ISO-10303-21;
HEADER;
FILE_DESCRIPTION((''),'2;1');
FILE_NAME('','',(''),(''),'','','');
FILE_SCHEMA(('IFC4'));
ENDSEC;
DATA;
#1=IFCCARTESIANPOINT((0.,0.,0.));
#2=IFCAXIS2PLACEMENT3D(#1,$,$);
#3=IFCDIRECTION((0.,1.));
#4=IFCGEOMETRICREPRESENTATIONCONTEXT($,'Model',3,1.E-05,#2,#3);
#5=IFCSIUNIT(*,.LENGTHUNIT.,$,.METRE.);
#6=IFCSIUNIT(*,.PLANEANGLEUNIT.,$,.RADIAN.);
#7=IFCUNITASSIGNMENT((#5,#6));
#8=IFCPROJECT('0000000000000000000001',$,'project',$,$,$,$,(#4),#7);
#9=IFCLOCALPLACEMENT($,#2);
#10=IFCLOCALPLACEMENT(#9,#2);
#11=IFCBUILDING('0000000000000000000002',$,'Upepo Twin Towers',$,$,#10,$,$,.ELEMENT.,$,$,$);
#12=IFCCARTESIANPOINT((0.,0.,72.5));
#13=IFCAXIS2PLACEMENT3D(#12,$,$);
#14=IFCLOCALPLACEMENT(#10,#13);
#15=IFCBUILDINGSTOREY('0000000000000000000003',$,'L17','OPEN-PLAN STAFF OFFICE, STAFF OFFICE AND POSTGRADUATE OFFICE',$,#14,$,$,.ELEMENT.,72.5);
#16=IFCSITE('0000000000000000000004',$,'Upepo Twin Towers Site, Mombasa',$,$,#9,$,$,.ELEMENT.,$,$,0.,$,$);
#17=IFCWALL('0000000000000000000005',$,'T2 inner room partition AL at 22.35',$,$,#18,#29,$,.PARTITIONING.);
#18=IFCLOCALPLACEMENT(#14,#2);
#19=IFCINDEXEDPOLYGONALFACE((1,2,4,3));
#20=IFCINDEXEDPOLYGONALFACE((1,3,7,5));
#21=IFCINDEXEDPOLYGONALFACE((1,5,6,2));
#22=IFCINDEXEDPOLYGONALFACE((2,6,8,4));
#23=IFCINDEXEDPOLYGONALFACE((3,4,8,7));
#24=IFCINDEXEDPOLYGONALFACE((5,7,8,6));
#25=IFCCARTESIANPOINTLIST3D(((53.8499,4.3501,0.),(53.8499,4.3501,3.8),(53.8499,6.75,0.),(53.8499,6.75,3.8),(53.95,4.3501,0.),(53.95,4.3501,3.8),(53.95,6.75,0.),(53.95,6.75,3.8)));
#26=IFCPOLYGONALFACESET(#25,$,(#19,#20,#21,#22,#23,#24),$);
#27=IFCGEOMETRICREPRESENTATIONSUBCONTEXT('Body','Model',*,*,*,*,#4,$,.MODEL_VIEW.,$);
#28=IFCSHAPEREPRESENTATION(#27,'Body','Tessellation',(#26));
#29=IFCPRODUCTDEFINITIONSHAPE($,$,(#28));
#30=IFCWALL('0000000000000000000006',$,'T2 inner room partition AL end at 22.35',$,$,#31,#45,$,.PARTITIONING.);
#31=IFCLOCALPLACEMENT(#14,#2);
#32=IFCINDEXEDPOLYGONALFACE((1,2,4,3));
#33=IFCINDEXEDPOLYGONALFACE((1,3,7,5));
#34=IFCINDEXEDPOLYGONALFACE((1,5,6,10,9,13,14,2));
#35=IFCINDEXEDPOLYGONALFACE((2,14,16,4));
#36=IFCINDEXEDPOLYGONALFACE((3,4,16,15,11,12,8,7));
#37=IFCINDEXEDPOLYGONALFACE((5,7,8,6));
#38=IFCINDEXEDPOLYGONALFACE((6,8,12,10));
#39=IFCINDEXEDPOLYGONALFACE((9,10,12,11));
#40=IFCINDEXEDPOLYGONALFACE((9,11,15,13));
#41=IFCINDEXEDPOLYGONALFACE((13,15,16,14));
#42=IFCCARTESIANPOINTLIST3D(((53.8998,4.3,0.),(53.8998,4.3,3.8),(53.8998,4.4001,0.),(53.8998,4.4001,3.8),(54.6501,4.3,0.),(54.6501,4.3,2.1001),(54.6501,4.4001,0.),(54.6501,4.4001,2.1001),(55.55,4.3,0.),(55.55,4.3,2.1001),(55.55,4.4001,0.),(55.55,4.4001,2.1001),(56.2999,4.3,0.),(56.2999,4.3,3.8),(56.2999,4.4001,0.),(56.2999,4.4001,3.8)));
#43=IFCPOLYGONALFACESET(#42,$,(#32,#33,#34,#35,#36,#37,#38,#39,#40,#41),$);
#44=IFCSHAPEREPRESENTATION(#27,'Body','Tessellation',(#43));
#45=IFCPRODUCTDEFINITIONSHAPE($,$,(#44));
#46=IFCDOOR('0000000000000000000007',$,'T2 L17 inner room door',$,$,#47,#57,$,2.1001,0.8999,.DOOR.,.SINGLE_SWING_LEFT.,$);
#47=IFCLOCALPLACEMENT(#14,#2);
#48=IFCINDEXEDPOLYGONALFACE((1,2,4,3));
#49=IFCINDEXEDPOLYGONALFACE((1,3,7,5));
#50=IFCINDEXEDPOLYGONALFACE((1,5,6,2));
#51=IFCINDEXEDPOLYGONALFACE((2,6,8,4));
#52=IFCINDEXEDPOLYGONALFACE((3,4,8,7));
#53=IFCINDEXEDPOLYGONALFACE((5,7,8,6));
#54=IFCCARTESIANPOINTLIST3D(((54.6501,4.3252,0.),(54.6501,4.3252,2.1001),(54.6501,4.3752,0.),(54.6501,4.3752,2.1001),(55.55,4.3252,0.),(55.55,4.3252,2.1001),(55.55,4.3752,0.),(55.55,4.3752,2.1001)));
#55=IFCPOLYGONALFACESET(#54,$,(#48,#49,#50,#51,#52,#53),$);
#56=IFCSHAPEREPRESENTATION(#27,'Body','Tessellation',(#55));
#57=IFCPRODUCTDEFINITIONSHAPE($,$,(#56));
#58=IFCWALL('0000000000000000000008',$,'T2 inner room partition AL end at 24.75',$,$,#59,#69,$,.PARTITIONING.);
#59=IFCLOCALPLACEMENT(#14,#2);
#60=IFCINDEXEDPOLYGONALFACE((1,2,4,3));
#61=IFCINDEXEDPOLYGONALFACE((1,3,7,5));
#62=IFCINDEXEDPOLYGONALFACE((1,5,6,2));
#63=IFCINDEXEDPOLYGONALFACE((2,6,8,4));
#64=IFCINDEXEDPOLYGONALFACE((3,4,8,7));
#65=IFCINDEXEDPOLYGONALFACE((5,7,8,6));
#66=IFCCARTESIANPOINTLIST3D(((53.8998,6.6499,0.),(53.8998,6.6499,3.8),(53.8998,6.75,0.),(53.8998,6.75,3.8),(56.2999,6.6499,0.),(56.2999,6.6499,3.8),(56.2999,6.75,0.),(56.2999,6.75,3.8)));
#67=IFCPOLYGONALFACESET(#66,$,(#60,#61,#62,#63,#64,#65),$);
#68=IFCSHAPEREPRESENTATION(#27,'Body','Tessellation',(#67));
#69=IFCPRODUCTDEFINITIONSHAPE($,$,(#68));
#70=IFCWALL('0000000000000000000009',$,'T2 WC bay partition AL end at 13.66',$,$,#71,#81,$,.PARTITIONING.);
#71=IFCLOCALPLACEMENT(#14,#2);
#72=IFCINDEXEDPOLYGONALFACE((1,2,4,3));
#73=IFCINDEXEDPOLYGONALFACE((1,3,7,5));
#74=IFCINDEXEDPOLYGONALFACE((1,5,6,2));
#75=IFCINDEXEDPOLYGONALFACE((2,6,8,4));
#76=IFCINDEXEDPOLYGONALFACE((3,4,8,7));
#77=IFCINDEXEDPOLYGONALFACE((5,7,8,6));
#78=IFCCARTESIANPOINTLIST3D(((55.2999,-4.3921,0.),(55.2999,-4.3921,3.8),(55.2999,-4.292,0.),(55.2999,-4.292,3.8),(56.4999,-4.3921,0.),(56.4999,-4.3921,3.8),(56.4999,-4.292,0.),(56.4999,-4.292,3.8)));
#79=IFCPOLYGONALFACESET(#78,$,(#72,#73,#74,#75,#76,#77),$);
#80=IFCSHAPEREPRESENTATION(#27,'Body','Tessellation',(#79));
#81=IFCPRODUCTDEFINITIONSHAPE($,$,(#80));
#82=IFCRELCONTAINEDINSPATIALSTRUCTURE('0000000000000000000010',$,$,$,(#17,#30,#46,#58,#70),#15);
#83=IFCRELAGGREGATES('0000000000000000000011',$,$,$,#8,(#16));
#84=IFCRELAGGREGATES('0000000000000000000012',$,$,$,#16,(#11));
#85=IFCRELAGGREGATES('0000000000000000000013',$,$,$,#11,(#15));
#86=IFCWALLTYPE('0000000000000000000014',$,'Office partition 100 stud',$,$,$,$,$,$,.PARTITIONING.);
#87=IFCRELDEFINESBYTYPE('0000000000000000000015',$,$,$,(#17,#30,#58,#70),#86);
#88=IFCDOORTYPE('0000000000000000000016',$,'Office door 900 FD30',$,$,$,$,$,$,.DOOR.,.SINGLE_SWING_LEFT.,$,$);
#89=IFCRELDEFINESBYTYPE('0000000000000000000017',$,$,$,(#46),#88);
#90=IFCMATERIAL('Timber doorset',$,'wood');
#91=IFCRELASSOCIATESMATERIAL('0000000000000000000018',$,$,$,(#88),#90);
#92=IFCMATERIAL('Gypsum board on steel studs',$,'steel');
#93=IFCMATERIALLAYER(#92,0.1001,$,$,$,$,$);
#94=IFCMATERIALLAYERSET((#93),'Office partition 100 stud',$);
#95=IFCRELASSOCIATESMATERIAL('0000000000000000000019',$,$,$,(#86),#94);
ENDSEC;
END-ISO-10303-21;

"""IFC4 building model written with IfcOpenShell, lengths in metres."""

from ifc_helpers import new_model, si_unit, direction, frame, frame_2d, origin, place, context, subcontext, project, spatial, rectangle, extrude, material, layer, layer_set, type_object, element, fill, save


model = new_model("IFC4")

# Units and contexts
model_context = context("Model", 3, precision=1e-05, world=origin(), true_north=direction((0.0, 1.0)))
body_context = subcontext(model_context, "Body", "Model", "MODEL_VIEW")
ifc_project = project(units=[si_unit("LENGTHUNIT", "METRE"), si_unit("PLANEANGLEUNIT", "RADIAN")], contexts=[model_context])

# Site, building, storey
site_placement = place(None, origin())
site = spatial("IfcSite", under=ifc_project, at=site_placement, Name="Upepo Twin Towers Site, Mombasa", CompositionType="ELEMENT", RefElevation=0.0)
building_placement = place(site_placement, origin())
building = spatial("IfcBuilding", under=site, at=building_placement, Name="Upepo Twin Towers", CompositionType="ELEMENT")
storey_placement = place(building_placement, frame((0.0, 0.0, 72.5)))
storey = spatial("IfcBuildingStorey", under=building, at=storey_placement, Name="L17", Description="OPEN-PLAN STAFF OFFICE, STAFF OFFICE AND POSTGRADUATE OFFICE", CompositionType="ELEMENT", Elevation=72.5)

# Shared definitions
ifc_material_1 = material(Name="Timber doorset", Category="wood")
door_type_1 = type_object("IfcDoorType", Name="Office door 900 FD30", OperationType="SINGLE_SWING_LEFT", PredefinedType="DOOR", material=ifc_material_1)

# Wall
ifc_material_2 = material(Name="Gypsum board on steel studs", Category="steel")
ifc_layer_1 = layer(ifc_material_2, 0.1001)
ifc_layer_set_1 = layer_set([ifc_layer_1], Name="Office partition 100 stud")
wall_type_1 = type_object("IfcWallType", Name="Office partition 100 stud", PredefinedType="PARTITIONING", material=ifc_layer_set_1)
wall_1_placement = place(storey_placement, frame((53.8999, 4.3501, 0.0), z_axis=(0.0, 0.0, 1.0), x_axis=(0.0, 1.0, 0.0)))
element("IfcWall", 1, at=wall_1_placement, inside=storey, type_object=wall_type_1, Name="T2 inner room partition AL at 22.35", PredefinedType="PARTITIONING", context=body_context, shape_type="SweptSolid", body=[
    extrude(rectangle(XDim=2.3999, YDim=0.1001, at=frame_2d((1.2, 0.0))), origin(), (0.0, 0.0, 1.0), 3.8),
])

# Wall, opening, door
wall_2_placement = place(storey_placement, frame((56.3, 4.3501, 0.0), z_axis=(0.0, 0.0, 1.0), x_axis=(-1.0, 0.0, 0.0)))
wall_2 = element("IfcWall", 2, at=wall_2_placement, inside=storey, type_object=wall_type_1, Name="T2 inner room partition AL end at 22.35", PredefinedType="PARTITIONING", context=body_context, shape_type="SweptSolid", body=[
    extrude(rectangle(XDim=2.4001, YDim=0.1001, at=frame_2d((1.2002, 0.0))), origin(), (0.0, 0.0, 1.0), 3.8),
])
opening_1_placement = place(wall_2_placement, frame((0.75, 0.0, 0.0)))
opening_1 = element("IfcOpeningElement", 3, at=opening_1_placement, cuts=wall_2, PredefinedType="OPENING", context=body_context, shape_type="SweptSolid", body=[
    extrude(rectangle(XDim=0.8999, YDim=2.1001, at=frame_2d((0.45, 1.05))), frame((0.0, 0.0601, 0.0), z_axis=(0.0, -1.0, 0.0), x_axis=(1.0, 0.0, 0.0)), (0.0, 0.0, 1.0), 0.1201),
])
door_1_placement = place(opening_1_placement, origin())
door_1 = element("IfcDoor", 4, at=door_1_placement, inside=storey, type_object=door_type_1, Name="T2 L17 inner room door", OperationType="SINGLE_SWING_LEFT", OverallHeight=2.1001, OverallWidth=0.8999, PredefinedType="DOOR", context=body_context, shape_type="SweptSolid", body=[
    extrude(rectangle(XDim=0.8999, YDim=2.1001, at=frame_2d((0.45, 1.05))), frame((0.0, 0.0249, 0.0), z_axis=(0.0, -1.0, 0.0), x_axis=(1.0, 0.0, 0.0)), (0.0, 0.0, 1.0), 0.05),
])
fill(opening_1, door_1)

# Walls
wall_3_placement = place(storey_placement, frame((56.3, 6.7, 0.0), z_axis=(0.0, 0.0, 1.0), x_axis=(-1.0, 0.0, 0.0)))
element("IfcWall", 5, at=wall_3_placement, inside=storey, type_object=wall_type_1, Name="T2 inner room partition AL end at 24.75", PredefinedType="PARTITIONING", context=body_context, shape_type="SweptSolid", body=[
    extrude(rectangle(XDim=2.4001, YDim=0.1001, at=frame_2d((1.2002, 0.0))), origin(), (0.0, 0.0, 1.0), 3.8),
])
wall_4_placement = place(storey_placement, frame((56.5, -4.342, 0.0), z_axis=(0.0, 0.0, 1.0), x_axis=(-1.0, 0.0, 0.0)))
element("IfcWall", 6, at=wall_4_placement, inside=storey, type_object=wall_type_1, Name="T2 WC bay partition AL end at 13.66", PredefinedType="PARTITIONING", context=body_context, shape_type="SweptSolid", body=[
    extrude(rectangle(XDim=1.2, YDim=0.1001, at=frame_2d((0.6001, 0.0))), origin(), (0.0, 0.0, 1.0), 3.8),
])

save(model, "model.ifc")
